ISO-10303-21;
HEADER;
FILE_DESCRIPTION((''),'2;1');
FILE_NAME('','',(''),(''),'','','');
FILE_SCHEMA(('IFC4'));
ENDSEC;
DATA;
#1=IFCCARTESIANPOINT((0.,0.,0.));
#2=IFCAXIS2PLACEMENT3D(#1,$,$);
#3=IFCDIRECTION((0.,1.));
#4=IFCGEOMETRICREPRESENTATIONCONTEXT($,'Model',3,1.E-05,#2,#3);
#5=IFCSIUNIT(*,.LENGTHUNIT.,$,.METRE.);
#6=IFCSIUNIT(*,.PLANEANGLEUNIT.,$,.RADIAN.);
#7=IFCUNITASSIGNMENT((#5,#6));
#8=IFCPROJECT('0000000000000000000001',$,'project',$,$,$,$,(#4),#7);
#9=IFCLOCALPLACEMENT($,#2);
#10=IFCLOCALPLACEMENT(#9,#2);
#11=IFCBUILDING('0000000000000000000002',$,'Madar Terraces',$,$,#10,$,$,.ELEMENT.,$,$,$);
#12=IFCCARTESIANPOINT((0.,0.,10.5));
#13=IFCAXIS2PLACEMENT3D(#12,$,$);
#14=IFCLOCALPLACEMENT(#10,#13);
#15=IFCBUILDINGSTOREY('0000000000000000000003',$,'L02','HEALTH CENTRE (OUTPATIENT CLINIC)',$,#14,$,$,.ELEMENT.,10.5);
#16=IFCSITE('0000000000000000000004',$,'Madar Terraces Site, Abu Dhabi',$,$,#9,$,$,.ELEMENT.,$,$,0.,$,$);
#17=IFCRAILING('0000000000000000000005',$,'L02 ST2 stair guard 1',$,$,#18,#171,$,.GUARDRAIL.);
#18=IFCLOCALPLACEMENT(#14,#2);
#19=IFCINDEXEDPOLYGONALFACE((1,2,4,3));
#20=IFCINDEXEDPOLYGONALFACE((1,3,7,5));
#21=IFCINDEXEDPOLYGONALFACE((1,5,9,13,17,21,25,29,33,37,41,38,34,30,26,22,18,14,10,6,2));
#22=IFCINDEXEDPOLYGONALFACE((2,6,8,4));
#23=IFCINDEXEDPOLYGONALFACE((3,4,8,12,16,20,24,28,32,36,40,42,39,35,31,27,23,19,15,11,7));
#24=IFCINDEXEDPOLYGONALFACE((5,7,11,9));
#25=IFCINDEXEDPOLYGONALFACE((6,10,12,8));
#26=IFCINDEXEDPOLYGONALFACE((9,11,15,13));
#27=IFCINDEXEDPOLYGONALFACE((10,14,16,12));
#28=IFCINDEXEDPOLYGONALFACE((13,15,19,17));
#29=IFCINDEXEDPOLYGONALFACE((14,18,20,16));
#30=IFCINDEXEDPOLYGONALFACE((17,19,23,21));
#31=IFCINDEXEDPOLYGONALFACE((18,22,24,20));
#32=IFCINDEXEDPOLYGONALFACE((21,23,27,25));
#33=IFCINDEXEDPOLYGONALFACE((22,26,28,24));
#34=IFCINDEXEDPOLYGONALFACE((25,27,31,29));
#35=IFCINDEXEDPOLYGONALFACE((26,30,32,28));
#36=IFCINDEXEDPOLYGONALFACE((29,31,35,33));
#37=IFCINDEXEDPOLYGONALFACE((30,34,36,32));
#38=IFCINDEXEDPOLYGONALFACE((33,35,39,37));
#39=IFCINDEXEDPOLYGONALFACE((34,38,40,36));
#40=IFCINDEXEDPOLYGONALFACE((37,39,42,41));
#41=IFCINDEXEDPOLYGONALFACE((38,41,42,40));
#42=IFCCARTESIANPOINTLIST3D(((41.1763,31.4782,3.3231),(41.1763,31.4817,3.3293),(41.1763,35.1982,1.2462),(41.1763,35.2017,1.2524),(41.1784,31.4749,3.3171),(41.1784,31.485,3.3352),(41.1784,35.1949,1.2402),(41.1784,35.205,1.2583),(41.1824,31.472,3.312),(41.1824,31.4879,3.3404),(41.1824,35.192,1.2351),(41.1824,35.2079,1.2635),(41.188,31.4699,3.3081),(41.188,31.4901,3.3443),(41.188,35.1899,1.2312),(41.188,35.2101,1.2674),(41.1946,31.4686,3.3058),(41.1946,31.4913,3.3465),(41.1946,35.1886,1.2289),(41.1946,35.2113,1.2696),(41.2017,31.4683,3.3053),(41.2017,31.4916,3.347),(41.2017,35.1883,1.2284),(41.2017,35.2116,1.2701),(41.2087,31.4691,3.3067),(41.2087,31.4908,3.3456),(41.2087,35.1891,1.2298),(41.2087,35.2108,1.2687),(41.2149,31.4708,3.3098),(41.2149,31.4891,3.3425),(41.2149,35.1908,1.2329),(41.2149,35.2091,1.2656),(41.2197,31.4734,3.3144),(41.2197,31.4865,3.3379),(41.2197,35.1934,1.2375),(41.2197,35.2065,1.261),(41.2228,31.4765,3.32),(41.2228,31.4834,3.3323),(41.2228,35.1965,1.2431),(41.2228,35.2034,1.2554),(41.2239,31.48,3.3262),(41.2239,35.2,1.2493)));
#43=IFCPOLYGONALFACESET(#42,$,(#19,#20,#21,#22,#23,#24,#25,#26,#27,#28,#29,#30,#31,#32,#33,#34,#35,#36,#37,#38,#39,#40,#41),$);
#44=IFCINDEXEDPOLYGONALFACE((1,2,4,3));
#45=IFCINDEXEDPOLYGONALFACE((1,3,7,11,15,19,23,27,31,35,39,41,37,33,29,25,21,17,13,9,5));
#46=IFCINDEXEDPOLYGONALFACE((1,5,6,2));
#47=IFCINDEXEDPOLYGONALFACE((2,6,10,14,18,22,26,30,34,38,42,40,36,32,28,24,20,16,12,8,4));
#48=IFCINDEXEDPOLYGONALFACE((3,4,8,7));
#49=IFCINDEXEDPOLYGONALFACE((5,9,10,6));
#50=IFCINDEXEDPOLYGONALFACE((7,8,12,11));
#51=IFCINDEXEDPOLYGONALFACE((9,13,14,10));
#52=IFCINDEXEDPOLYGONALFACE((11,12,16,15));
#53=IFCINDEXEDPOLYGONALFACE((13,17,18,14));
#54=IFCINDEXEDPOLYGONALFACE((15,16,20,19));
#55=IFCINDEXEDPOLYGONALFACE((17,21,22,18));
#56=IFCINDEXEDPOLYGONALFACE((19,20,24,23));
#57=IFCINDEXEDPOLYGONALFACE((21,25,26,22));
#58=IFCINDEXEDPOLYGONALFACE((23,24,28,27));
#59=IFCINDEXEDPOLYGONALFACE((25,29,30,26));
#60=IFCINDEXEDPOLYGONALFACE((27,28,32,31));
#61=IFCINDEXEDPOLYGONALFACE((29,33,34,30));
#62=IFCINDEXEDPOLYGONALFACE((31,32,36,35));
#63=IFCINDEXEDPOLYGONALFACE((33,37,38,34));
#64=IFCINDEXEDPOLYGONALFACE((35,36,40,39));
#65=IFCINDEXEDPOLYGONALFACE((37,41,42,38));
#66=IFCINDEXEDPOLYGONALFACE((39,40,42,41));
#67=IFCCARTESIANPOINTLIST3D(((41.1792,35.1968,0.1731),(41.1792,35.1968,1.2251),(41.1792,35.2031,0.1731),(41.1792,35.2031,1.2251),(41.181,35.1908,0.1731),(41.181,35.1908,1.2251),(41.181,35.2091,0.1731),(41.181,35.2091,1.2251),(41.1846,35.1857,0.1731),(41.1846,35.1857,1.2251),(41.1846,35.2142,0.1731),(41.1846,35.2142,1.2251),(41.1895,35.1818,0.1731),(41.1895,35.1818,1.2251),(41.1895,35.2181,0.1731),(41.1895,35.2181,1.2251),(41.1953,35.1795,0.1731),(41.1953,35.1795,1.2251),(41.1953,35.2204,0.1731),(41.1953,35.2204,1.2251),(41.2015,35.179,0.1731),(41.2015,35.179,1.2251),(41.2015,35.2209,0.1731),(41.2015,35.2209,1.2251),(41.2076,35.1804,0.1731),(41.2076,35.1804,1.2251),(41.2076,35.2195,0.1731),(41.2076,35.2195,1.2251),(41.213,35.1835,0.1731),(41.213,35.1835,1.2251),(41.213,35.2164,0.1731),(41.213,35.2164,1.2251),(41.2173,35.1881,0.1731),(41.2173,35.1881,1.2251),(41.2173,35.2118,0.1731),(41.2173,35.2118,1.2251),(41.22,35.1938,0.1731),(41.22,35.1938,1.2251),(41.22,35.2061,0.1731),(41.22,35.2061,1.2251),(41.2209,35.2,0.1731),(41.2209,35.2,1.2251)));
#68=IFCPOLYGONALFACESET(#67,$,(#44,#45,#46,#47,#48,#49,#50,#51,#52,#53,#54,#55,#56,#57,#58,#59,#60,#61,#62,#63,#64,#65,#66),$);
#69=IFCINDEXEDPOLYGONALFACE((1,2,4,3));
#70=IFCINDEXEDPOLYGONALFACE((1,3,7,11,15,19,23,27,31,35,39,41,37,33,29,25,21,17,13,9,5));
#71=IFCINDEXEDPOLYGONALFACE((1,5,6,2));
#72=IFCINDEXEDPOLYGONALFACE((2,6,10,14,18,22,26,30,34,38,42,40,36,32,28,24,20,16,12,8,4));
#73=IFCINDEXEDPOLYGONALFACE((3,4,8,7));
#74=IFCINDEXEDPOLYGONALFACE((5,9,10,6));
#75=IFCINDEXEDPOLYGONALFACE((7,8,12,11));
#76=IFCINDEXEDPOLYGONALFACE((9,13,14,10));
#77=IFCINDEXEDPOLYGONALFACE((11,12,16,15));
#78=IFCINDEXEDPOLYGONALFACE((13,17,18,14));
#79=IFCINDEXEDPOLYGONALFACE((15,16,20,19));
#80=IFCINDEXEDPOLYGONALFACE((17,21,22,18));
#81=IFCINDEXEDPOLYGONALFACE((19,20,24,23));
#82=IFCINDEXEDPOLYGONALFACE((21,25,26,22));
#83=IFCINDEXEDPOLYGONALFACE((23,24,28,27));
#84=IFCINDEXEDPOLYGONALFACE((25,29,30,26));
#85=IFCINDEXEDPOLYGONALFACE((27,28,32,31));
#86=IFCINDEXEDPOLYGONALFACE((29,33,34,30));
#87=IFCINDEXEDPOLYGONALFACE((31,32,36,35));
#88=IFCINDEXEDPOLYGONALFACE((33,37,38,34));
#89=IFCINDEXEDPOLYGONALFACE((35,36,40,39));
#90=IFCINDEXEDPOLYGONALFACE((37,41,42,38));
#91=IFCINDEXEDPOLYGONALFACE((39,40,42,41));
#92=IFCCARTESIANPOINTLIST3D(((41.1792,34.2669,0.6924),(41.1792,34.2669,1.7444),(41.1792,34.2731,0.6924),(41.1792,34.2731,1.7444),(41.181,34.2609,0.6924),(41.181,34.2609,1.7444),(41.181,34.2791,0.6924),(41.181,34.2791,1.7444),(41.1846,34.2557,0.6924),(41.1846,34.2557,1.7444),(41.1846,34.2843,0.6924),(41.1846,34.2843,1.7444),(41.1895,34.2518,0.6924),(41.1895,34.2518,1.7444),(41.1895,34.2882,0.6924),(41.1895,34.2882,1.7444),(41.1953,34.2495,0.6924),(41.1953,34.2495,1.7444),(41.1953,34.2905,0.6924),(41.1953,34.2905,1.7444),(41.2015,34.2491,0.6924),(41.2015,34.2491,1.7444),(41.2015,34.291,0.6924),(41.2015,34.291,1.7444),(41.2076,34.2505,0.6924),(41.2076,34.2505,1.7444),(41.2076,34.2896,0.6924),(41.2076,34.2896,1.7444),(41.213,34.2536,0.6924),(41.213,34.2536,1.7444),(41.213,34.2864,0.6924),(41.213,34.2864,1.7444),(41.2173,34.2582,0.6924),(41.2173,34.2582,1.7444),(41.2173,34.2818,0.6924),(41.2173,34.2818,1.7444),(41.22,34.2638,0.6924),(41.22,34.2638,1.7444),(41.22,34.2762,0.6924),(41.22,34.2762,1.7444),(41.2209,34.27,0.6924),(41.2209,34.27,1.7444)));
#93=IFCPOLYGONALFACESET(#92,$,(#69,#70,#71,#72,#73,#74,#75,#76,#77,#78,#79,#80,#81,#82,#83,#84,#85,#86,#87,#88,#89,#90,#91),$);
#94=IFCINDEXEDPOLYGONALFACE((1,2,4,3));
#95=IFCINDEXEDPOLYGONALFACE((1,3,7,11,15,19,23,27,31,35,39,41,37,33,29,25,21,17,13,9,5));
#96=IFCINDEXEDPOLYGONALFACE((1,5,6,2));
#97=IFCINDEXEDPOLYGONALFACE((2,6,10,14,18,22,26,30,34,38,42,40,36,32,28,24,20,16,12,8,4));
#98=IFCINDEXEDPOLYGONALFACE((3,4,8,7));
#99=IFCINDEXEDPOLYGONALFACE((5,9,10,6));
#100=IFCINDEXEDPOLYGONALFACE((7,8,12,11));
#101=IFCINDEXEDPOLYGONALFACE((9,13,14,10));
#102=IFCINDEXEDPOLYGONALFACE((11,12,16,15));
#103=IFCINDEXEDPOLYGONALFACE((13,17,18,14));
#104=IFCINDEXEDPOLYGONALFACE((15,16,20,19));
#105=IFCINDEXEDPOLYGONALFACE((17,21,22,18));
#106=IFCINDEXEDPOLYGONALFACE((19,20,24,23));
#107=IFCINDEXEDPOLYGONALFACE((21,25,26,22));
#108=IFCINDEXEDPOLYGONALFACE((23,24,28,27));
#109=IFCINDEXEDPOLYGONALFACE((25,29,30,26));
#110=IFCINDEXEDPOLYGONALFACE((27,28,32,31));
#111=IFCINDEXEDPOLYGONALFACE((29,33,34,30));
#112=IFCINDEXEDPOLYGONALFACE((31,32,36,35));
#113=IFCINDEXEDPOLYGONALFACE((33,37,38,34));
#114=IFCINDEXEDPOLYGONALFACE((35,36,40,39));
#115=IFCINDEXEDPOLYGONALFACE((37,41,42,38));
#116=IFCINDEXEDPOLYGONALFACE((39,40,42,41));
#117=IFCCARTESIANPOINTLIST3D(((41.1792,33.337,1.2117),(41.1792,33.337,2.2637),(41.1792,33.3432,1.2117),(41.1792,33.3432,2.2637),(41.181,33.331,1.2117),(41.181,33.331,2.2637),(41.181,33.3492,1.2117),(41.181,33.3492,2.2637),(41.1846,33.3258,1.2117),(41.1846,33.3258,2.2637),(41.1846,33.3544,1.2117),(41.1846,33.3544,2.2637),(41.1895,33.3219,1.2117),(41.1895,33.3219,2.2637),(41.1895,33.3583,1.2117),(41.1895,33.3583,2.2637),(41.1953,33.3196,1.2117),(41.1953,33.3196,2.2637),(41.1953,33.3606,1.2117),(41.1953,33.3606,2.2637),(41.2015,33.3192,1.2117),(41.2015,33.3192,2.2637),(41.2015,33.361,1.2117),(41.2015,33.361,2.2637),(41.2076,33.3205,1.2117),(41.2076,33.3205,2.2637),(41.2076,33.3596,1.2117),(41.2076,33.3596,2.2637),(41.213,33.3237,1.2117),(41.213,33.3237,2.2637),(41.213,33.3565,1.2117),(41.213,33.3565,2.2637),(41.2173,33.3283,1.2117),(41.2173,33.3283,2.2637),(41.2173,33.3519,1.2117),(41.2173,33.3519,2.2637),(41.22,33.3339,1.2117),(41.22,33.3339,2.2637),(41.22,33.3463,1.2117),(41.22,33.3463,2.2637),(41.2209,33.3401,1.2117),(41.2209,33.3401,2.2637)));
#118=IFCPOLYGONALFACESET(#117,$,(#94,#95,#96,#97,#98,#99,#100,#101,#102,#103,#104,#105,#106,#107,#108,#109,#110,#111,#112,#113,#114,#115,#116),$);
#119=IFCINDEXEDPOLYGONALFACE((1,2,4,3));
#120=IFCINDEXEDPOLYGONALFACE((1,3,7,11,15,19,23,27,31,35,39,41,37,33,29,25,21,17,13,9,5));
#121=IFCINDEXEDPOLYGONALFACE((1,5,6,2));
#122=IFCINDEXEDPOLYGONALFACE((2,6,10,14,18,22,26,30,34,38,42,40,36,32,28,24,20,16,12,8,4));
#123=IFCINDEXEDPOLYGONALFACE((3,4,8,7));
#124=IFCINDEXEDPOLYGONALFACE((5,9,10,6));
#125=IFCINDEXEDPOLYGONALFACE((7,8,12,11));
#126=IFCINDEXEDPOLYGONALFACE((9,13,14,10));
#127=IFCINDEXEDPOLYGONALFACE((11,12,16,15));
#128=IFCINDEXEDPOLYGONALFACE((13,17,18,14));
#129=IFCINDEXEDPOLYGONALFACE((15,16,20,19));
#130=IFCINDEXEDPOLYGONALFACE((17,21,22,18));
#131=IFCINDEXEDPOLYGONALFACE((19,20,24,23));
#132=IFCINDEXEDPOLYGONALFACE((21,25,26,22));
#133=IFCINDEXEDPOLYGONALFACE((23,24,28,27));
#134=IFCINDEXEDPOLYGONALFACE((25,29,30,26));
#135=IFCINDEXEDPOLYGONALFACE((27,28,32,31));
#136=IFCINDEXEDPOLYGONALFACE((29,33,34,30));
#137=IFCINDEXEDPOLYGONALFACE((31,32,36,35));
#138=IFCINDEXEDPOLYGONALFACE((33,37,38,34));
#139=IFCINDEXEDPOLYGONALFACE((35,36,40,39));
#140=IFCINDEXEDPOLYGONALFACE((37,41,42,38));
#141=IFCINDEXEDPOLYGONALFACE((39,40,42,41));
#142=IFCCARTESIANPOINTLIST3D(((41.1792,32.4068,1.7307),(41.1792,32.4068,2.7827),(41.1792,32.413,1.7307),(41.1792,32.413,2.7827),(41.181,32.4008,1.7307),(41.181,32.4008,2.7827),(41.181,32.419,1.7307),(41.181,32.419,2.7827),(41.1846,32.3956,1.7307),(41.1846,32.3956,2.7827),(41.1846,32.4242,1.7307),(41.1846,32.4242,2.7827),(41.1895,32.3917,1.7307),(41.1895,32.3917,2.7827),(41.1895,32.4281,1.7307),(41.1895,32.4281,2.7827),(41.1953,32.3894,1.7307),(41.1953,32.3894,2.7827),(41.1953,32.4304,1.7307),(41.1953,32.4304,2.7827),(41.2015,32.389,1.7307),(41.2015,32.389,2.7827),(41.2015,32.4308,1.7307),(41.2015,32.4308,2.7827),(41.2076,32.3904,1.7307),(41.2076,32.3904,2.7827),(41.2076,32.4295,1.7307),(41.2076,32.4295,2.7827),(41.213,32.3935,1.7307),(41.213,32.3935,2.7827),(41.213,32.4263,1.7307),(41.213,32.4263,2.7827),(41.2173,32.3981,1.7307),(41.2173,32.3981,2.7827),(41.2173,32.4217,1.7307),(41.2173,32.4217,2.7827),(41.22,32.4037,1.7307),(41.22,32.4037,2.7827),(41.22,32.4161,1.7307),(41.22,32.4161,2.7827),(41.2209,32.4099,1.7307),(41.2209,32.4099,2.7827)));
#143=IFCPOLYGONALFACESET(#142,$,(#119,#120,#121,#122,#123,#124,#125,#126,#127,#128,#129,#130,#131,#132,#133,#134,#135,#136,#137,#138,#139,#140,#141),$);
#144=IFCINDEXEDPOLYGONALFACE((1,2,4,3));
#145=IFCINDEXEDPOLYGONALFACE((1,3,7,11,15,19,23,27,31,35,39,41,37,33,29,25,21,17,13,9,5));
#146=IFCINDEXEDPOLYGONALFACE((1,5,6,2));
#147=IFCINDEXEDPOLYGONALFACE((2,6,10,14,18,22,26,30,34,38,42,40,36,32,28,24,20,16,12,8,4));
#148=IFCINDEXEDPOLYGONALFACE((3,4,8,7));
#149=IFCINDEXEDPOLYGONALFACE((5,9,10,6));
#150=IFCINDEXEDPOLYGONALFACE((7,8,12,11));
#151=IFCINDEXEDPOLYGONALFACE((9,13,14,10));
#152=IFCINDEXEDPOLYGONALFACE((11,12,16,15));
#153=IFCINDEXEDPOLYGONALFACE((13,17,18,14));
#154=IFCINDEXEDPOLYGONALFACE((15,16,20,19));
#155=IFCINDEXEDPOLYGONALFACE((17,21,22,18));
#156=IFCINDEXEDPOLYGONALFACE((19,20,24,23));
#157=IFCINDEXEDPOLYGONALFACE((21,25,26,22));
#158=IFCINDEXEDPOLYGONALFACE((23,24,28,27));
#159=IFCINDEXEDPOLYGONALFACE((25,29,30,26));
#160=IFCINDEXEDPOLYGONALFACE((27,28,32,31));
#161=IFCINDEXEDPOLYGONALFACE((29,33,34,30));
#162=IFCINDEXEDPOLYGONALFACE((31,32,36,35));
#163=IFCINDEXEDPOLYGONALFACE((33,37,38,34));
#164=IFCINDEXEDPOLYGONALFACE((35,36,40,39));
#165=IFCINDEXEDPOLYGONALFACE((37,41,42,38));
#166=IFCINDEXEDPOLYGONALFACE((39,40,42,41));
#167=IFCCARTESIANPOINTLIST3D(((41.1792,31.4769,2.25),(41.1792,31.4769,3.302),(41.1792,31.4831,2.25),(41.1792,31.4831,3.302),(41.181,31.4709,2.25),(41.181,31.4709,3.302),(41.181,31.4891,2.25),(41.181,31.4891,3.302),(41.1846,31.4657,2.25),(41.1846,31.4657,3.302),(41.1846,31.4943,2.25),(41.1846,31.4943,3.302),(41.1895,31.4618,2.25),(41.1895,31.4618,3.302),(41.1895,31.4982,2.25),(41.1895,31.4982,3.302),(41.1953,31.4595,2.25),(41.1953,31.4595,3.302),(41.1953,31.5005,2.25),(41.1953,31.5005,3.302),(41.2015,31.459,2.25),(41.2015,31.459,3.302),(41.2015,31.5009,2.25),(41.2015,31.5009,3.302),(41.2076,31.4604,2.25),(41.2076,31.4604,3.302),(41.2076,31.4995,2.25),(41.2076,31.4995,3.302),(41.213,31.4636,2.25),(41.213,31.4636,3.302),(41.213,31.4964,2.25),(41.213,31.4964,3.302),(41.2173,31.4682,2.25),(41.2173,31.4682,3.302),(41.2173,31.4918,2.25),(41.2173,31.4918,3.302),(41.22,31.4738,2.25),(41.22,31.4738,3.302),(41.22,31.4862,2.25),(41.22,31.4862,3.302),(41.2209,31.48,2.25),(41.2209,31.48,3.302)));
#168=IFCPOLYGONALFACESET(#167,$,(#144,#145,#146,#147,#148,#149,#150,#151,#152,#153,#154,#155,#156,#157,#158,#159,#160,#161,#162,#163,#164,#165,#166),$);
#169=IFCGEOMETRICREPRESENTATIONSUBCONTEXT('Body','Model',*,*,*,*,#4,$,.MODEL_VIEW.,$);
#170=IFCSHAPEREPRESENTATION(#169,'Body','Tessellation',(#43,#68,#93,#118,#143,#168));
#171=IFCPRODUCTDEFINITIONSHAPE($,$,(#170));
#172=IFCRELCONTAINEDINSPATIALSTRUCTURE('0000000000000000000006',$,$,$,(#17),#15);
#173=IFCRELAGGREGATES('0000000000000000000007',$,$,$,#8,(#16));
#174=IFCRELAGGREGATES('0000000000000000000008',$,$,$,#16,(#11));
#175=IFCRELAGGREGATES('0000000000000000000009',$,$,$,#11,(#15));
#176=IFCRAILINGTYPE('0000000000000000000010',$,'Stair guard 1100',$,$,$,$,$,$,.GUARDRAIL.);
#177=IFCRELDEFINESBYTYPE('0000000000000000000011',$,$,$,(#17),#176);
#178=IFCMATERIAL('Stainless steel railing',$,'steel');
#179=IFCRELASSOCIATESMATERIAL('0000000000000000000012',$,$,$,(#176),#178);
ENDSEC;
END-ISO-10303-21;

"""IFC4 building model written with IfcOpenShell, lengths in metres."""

from ifc_helpers import new_model, si_unit, direction, frame, origin, origin_2d, place, context, subcontext, project, spatial, circle, extrude, material, type_object, element, save


model = new_model("IFC4")

# Units and contexts
model_context = context("Model", 3, precision=1e-05, world=origin(), true_north=direction((0.0, 1.0)))
body_context = subcontext(model_context, "Body", "Model", "MODEL_VIEW")
ifc_project = project(units=[si_unit("LENGTHUNIT", "METRE"), si_unit("PLANEANGLEUNIT", "RADIAN")], contexts=[model_context])

# Site, building, storey
site_placement = place(None, origin())
site = spatial("IfcSite", under=ifc_project, at=site_placement, Name="Madar Terraces Site, Abu Dhabi", CompositionType="ELEMENT", RefElevation=0.0)
building_placement = place(site_placement, origin())
building = spatial("IfcBuilding", under=site, at=building_placement, Name="Madar Terraces", CompositionType="ELEMENT")
storey_placement = place(building_placement, frame((0.0, 0.0, 10.5)))
storey = spatial("IfcBuildingStorey", under=building, at=storey_placement, Name="L02", Description="HEALTH CENTRE (OUTPATIENT CLINIC)", CompositionType="ELEMENT", Elevation=10.5)

# Railing
ifc_material_1 = material(Name="Stainless steel railing", Category="steel")
railing_type_1 = type_object("IfcRailingType", Name="Stair guard 1100", PredefinedType="GUARDRAIL", material=ifc_material_1)
railing_1_placement = place(storey_placement, frame((41.2, 35.2, 0.1731)))
element("IfcRailing", 1, at=railing_1_placement, inside=storey, type_object=railing_type_1, Name="L02 ST2 stair guard 1", PredefinedType="GUARDRAIL", context=body_context, shape_type="SweptSolid", body=[
    extrude(circle(Radius=0.0239, at=origin_2d()), frame((0.0, 0.0, 1.0762), z_axis=(0.0, -0.873134, 0.487481), x_axis=(1.0, 0.0, 0.0)), (0.0, 0.0, 1.0), 4.2605),
    extrude(circle(Radius=0.021, at=origin_2d()), origin(), (0.0, 0.0, 1.0), 1.052),
    extrude(circle(Radius=0.021, at=origin_2d()), frame((0.0, -0.9299, 0.5193)), (0.0, 0.0, 1.0), 1.052),
    extrude(circle(Radius=0.021, at=origin_2d()), frame((0.0, -1.8599, 1.0386)), (0.0, 0.0, 1.0), 1.052),
    extrude(circle(Radius=0.021, at=origin_2d()), frame((0.0, -2.79, 1.5576)), (0.0, 0.0, 1.0), 1.052),
    extrude(circle(Radius=0.021, at=origin_2d()), frame((0.0, -3.72, 2.0769)), (0.0, 0.0, 1.0), 1.052),
])

save(model, "model.ifc")
